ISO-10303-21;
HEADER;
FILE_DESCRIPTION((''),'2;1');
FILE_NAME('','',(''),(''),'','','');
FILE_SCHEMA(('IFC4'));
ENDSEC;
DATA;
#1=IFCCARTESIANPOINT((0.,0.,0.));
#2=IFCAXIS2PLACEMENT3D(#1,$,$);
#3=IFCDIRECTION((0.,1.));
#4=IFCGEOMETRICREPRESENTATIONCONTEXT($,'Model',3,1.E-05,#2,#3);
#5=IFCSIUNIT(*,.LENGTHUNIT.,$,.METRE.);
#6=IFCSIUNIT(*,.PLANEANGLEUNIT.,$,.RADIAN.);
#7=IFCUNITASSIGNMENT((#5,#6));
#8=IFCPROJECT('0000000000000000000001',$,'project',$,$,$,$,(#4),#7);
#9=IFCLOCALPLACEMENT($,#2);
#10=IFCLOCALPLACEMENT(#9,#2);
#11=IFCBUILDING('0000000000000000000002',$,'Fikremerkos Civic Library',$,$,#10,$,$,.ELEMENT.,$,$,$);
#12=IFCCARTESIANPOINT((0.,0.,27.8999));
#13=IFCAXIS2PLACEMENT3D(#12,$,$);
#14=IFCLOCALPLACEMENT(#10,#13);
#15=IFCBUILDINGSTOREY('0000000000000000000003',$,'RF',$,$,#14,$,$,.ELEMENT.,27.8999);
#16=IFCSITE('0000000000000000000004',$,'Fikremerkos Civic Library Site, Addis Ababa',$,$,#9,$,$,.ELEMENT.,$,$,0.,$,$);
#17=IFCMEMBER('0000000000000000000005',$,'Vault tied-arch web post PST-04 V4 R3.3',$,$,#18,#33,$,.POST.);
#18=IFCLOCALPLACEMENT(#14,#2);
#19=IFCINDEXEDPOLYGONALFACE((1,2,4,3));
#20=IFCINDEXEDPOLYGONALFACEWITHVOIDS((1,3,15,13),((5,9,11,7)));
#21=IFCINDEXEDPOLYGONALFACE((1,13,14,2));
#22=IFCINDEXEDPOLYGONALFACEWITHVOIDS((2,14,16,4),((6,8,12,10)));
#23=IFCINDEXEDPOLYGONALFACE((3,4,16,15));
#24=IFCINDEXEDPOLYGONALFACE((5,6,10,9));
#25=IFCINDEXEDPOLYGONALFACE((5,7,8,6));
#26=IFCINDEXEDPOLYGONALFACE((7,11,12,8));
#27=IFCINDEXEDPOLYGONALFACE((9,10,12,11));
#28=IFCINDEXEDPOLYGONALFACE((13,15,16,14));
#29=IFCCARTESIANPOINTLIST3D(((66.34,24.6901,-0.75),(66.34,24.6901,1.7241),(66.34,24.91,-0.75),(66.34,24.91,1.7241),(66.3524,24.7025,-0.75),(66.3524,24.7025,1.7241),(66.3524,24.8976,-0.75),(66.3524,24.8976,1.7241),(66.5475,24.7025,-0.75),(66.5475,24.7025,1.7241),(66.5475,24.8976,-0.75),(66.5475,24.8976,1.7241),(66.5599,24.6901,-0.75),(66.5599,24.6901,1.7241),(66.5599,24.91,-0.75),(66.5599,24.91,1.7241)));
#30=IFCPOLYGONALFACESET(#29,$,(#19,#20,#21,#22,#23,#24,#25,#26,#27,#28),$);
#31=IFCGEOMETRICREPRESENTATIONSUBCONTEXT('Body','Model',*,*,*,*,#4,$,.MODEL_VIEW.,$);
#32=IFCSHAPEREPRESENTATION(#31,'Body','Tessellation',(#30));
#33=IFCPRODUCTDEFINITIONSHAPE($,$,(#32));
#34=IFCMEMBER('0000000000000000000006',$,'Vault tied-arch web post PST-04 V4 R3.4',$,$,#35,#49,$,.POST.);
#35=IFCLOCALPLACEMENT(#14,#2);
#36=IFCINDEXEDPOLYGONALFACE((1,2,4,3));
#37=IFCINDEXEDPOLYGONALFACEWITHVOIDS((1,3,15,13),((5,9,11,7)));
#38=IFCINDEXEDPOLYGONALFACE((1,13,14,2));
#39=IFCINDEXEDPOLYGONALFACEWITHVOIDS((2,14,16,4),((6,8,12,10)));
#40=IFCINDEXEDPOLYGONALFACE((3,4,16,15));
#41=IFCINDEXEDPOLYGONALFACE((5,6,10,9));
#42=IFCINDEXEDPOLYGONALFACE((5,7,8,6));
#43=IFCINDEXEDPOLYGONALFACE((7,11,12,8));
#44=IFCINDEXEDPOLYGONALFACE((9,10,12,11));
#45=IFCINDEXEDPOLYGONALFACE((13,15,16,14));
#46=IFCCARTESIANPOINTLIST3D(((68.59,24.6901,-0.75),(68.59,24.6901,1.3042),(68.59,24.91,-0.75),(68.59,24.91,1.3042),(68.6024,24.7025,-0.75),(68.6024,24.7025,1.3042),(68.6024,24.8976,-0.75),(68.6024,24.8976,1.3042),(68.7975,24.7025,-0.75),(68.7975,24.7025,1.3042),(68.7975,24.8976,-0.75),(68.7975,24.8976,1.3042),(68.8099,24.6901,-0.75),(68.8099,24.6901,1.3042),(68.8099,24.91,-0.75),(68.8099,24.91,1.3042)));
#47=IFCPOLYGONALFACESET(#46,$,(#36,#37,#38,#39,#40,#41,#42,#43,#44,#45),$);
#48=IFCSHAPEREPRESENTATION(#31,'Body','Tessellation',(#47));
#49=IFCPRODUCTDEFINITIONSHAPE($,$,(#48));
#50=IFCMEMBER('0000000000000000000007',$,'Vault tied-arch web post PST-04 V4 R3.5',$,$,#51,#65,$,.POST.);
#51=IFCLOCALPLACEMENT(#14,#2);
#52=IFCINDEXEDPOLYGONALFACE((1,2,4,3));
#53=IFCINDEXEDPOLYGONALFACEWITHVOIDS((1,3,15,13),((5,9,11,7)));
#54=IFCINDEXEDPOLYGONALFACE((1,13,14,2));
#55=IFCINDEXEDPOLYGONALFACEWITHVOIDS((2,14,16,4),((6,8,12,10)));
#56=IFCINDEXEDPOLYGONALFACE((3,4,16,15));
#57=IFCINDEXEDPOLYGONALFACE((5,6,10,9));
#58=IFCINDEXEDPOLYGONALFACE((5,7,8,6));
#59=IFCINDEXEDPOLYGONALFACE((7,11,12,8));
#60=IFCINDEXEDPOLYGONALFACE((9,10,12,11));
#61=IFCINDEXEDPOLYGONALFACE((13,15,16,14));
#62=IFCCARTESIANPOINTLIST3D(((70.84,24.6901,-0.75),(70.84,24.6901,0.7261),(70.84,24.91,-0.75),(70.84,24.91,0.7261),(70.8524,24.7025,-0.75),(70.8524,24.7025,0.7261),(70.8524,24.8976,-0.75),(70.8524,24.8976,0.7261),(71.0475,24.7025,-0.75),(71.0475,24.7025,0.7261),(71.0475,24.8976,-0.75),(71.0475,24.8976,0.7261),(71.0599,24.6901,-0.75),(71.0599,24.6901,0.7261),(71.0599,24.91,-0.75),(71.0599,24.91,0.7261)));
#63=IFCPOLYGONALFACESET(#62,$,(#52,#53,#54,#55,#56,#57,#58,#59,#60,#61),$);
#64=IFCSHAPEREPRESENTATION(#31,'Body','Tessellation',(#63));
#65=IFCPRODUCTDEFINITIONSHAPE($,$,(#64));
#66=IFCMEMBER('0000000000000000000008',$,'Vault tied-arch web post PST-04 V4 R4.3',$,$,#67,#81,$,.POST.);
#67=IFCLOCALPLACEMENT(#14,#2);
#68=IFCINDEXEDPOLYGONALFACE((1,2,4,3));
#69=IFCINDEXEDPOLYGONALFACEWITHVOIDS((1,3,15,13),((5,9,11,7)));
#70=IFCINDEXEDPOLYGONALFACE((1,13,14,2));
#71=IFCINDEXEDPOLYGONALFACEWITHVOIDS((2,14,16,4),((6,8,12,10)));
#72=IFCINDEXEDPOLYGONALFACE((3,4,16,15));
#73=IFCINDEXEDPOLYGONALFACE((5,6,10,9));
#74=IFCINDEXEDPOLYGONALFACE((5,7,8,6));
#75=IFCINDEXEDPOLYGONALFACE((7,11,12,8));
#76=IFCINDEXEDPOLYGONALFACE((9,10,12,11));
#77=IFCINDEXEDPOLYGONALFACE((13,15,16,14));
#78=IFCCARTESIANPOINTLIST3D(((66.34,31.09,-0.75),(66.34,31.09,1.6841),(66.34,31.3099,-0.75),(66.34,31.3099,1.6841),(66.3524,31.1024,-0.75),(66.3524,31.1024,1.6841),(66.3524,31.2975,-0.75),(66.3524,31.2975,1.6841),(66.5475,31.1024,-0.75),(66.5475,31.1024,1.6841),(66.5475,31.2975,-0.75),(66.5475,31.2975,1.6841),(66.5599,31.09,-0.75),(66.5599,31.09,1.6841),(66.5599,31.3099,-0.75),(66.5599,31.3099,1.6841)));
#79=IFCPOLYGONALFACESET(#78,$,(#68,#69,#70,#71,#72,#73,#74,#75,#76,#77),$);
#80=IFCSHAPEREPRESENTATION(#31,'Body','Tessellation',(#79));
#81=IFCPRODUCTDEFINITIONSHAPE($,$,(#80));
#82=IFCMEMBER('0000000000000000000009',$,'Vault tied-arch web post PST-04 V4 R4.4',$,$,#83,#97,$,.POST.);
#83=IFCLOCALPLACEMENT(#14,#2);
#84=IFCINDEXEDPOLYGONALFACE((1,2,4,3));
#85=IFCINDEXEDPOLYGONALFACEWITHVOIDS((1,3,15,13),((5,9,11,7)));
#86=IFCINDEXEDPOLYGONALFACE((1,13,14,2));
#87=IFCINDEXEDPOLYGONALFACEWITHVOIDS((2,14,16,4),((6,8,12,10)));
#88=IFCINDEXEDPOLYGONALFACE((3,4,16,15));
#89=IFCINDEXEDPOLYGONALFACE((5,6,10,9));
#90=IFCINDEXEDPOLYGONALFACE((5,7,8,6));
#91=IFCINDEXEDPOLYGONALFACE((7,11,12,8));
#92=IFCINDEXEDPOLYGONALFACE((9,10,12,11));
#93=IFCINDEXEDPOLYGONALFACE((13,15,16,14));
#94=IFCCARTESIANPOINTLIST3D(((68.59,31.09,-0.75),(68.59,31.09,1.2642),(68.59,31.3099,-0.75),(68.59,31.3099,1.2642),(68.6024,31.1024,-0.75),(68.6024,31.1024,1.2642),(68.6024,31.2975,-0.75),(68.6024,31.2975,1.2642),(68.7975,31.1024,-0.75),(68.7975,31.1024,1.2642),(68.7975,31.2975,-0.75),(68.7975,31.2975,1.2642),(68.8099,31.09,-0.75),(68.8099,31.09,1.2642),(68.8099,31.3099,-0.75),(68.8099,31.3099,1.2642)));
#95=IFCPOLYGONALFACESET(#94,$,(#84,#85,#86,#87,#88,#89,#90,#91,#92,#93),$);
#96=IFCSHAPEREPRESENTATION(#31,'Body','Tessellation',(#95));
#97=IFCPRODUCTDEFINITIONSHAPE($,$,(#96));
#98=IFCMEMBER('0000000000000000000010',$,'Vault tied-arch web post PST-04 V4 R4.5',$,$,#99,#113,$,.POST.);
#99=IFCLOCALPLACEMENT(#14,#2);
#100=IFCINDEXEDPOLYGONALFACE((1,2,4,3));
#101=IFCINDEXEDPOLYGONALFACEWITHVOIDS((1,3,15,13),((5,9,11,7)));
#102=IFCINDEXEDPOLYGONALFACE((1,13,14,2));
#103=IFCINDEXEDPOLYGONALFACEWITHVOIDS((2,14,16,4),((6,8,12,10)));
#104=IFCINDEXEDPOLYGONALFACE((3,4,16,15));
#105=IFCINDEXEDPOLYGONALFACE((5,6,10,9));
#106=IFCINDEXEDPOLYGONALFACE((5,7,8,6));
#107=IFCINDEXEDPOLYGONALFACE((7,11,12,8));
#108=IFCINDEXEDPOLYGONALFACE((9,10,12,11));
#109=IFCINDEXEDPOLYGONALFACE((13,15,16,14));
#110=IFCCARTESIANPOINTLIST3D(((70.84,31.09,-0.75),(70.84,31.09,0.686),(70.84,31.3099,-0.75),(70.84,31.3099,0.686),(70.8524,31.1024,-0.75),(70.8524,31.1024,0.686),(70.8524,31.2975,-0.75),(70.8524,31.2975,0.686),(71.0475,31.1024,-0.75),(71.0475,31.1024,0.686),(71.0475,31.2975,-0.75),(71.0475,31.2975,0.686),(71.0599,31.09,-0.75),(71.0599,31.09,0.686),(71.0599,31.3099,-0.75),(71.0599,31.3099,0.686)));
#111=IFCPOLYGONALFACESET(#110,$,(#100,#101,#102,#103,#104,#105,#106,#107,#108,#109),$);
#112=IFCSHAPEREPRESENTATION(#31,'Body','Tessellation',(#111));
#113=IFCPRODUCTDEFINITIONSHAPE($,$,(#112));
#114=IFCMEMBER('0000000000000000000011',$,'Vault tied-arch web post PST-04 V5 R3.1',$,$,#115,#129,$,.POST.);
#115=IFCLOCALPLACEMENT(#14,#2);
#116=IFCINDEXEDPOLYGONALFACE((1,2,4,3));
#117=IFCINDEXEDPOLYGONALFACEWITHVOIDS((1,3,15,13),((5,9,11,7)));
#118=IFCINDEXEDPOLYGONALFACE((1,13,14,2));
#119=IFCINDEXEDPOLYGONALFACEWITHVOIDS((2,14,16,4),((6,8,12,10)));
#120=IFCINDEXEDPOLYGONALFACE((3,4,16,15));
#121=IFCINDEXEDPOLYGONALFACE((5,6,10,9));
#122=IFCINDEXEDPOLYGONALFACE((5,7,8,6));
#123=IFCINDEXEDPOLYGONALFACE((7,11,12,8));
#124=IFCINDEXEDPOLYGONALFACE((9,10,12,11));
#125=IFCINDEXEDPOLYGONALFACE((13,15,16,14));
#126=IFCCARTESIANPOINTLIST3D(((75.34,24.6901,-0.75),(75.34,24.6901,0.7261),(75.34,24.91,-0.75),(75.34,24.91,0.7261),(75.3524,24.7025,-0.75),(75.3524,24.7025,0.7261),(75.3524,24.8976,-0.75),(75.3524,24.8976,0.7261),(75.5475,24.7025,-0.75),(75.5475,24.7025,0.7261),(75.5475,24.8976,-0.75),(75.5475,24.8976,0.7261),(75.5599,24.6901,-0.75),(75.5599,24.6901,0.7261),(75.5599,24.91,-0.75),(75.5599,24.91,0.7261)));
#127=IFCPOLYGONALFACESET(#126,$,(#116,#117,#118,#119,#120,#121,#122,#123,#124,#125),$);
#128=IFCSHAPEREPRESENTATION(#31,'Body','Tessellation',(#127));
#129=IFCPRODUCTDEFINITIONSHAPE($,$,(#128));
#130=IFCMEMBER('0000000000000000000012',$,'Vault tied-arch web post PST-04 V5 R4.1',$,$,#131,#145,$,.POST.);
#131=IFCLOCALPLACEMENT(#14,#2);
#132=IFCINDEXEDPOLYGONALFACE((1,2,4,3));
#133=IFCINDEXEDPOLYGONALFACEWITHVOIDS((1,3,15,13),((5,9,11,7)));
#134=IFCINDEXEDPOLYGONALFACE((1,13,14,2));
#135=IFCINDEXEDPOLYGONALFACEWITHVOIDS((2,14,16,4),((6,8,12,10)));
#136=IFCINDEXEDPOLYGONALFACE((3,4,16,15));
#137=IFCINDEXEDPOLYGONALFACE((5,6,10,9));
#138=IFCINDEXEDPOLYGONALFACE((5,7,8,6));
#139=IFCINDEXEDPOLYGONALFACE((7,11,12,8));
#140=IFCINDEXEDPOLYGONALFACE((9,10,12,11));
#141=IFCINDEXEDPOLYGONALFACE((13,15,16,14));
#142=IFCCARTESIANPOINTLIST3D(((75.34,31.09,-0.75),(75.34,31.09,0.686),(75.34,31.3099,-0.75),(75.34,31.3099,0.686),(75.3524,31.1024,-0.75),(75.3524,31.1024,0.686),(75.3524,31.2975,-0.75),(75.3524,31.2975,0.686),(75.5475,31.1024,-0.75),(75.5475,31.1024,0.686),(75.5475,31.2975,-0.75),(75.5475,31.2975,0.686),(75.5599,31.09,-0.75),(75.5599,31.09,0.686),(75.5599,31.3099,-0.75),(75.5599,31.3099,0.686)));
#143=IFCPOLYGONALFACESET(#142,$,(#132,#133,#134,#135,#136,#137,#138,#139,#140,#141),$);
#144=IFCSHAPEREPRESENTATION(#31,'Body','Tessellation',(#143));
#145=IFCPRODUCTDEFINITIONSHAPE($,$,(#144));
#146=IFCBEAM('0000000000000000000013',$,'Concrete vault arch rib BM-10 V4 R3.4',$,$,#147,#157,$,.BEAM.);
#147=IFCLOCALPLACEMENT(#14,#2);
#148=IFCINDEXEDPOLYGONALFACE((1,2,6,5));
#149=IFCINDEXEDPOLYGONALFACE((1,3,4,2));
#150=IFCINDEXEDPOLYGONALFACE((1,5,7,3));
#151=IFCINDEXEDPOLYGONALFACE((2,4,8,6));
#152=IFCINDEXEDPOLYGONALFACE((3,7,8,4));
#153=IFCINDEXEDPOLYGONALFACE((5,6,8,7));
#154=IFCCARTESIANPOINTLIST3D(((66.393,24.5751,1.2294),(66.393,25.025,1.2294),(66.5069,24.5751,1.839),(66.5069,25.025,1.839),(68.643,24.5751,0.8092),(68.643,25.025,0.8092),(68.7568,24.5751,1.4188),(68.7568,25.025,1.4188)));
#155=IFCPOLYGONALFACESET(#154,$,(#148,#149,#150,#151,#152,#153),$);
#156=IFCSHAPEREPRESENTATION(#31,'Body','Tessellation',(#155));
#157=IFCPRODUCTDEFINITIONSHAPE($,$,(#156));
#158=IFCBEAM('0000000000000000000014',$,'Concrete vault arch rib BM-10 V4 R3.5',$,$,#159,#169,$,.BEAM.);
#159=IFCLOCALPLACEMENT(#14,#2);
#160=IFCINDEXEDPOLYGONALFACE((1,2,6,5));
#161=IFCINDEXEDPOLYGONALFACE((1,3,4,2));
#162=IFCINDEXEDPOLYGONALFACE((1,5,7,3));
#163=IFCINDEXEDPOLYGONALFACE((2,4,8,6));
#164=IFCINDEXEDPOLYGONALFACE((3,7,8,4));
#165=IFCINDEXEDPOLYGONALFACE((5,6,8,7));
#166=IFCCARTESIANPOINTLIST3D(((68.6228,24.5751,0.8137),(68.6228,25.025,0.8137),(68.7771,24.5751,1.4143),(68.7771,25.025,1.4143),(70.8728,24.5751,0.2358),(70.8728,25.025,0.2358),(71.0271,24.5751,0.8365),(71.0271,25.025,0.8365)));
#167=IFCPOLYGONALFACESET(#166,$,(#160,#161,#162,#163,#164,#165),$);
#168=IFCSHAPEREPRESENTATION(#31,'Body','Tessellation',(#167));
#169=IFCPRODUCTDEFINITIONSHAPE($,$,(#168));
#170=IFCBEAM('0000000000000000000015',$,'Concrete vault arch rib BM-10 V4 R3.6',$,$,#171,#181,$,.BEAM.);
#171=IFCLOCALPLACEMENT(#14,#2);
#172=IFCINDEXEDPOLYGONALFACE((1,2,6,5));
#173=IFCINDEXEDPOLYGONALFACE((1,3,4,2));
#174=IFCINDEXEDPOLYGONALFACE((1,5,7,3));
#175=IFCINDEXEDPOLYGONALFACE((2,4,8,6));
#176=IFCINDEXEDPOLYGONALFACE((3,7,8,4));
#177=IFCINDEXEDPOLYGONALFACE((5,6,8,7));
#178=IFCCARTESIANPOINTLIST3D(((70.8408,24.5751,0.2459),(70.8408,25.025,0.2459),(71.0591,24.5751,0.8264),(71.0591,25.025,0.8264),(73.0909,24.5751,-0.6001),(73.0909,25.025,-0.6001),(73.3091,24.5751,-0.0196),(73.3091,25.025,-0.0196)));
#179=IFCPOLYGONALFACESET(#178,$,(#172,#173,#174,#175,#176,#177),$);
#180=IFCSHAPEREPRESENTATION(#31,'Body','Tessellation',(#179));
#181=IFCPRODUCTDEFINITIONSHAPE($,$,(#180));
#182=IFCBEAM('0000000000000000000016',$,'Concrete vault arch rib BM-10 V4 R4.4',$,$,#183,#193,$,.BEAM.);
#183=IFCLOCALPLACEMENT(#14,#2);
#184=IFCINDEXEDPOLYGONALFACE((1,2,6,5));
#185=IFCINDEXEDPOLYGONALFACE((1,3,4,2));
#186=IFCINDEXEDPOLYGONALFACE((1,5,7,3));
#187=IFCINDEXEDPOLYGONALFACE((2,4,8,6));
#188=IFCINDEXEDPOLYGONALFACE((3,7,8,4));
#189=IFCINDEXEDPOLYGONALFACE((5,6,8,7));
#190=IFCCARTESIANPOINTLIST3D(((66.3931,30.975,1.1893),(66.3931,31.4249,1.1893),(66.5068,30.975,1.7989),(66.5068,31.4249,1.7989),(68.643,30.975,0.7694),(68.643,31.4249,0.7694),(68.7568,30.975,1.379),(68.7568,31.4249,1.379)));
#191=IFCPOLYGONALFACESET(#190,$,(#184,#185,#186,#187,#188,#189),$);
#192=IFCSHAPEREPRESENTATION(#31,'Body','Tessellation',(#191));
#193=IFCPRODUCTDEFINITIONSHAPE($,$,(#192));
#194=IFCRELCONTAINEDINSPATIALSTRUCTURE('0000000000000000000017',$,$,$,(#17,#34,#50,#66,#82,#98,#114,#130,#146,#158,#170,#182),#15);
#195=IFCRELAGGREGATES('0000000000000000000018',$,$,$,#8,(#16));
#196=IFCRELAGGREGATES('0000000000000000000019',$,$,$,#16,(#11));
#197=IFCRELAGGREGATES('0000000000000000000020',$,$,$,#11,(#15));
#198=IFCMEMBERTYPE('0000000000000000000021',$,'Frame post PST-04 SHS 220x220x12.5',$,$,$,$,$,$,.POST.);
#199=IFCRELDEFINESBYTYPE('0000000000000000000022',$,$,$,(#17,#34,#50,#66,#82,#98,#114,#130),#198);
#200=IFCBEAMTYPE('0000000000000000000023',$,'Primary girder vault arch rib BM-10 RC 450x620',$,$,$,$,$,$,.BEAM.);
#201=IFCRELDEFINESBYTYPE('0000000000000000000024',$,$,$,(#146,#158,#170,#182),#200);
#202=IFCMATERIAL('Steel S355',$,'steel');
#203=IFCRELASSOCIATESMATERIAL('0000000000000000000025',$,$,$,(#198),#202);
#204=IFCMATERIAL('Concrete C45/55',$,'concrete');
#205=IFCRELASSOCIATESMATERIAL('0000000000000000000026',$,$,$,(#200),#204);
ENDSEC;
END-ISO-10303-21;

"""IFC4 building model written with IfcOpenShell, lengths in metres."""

from ifc_helpers import new_model, si_unit, direction, frame, origin, origin_2d, place, context, subcontext, project, spatial, rectangle, hollow_rectangle, extrude, material, material_profile, profile_set, type_object, element, save


model = new_model("IFC4")

# Units and contexts
model_context = context("Model", 3, precision=1e-05, world=origin(), true_north=direction((0.0, 1.0)))
body_context = subcontext(model_context, "Body", "Model", "MODEL_VIEW")
ifc_project = project(units=[si_unit("LENGTHUNIT", "METRE"), si_unit("PLANEANGLEUNIT", "RADIAN")], contexts=[model_context])

# Site, building, storey
site_placement = place(None, origin())
site = spatial("IfcSite", under=ifc_project, at=site_placement, Name="Fikremerkos Civic Library Site, Addis Ababa", CompositionType="ELEMENT", RefElevation=0.0)
building_placement = place(site_placement, origin())
building = spatial("IfcBuilding", under=site, at=building_placement, Name="Fikremerkos Civic Library", CompositionType="ELEMENT")
storey_placement = place(building_placement, frame((0.0, 0.0, 27.8999)))
storey = spatial("IfcBuildingStorey", under=building, at=storey_placement, Name="RF", CompositionType="ELEMENT", Elevation=27.8999)

# Members
ifc_material_1 = material(Name="Steel S355", Category="steel")
ifc_material_profile_1 = material_profile(ifc_material_1, hollow_rectangle(XDim=0.22, YDim=0.22, WallThickness=0.0125, at=origin_2d()), Name="SHS 220x220x12.5")
ifc_profile_set_1 = profile_set([ifc_material_profile_1], Name="Steel S355")
member_type = type_object("IfcMemberType", Name="Frame post PST-04 SHS 220x220x12.5", PredefinedType="POST", material=ifc_profile_set_1)
member_1_placement = place(storey_placement, frame((66.45, 24.8, -0.75), z_axis=(0.0, 0.0, 1.0), x_axis=(1.0, 0.0, 0.0)))
element("IfcMember", 1, at=member_1_placement, inside=storey, type_object=member_type, Name="Vault tied-arch web post PST-04 V4 R3.3", PredefinedType="POST", context=body_context, shape_type="SweptSolid", body=[
    extrude(hollow_rectangle(XDim=0.22, YDim=0.22, WallThickness=0.0125, at=origin_2d()), origin(), (0.0, 0.0, 1.0), 2.4741),
])
member_2_placement = place(storey_placement, frame((68.7, 24.8, -0.75), z_axis=(0.0, 0.0, 1.0), x_axis=(1.0, 0.0, 0.0)))
element("IfcMember", 2, at=member_2_placement, inside=storey, type_object=member_type, Name="Vault tied-arch web post PST-04 V4 R3.4", PredefinedType="POST", context=body_context, shape_type="SweptSolid", body=[
    extrude(hollow_rectangle(XDim=0.22, YDim=0.22, WallThickness=0.0125, at=origin_2d()), origin(), (0.0, 0.0, 1.0), 2.0542),
])
member_3_placement = place(storey_placement, frame((70.95, 24.8, -0.75), z_axis=(0.0, 0.0, 1.0), x_axis=(1.0, 0.0, 0.0)))
element("IfcMember", 3, at=member_3_placement, inside=storey, type_object=member_type, Name="Vault tied-arch web post PST-04 V4 R3.5", PredefinedType="POST", context=body_context, shape_type="SweptSolid", body=[
    extrude(hollow_rectangle(XDim=0.22, YDim=0.22, WallThickness=0.0125, at=origin_2d()), origin(), (0.0, 0.0, 1.0), 1.4761),
])
member_4_placement = place(storey_placement, frame((66.45, 31.2, -0.75), z_axis=(0.0, 0.0, 1.0), x_axis=(1.0, 0.0, 0.0)))
element("IfcMember", 4, at=member_4_placement, inside=storey, type_object=member_type, Name="Vault tied-arch web post PST-04 V4 R4.3", PredefinedType="POST", context=body_context, shape_type="SweptSolid", body=[
    extrude(hollow_rectangle(XDim=0.22, YDim=0.22, WallThickness=0.0125, at=origin_2d()), origin(), (0.0, 0.0, 1.0), 2.4341),
])
member_5_placement = place(storey_placement, frame((68.7, 31.2, -0.75), z_axis=(0.0, 0.0, 1.0), x_axis=(1.0, 0.0, 0.0)))
element("IfcMember", 5, at=member_5_placement, inside=storey, type_object=member_type, Name="Vault tied-arch web post PST-04 V4 R4.4", PredefinedType="POST", context=body_context, shape_type="SweptSolid", body=[
    extrude(hollow_rectangle(XDim=0.22, YDim=0.22, WallThickness=0.0125, at=origin_2d()), origin(), (0.0, 0.0, 1.0), 2.0142),
])
member_6_placement = place(storey_placement, frame((70.95, 31.2, -0.75), z_axis=(0.0, 0.0, 1.0), x_axis=(1.0, 0.0, 0.0)))
element("IfcMember", 6, at=member_6_placement, inside=storey, type_object=member_type, Name="Vault tied-arch web post PST-04 V4 R4.5", PredefinedType="POST", context=body_context, shape_type="SweptSolid", body=[
    extrude(hollow_rectangle(XDim=0.22, YDim=0.22, WallThickness=0.0125, at=origin_2d()), origin(), (0.0, 0.0, 1.0), 1.436),
])
member_7_placement = place(storey_placement, frame((75.45, 24.8, -0.75), z_axis=(0.0, 0.0, 1.0), x_axis=(1.0, 0.0, 0.0)))
element("IfcMember", 7, at=member_7_placement, inside=storey, type_object=member_type, Name="Vault tied-arch web post PST-04 V5 R3.1", PredefinedType="POST", context=body_context, shape_type="SweptSolid", body=[
    extrude(hollow_rectangle(XDim=0.22, YDim=0.22, WallThickness=0.0125, at=origin_2d()), origin(), (0.0, 0.0, 1.0), 1.4761),
])
member_8_placement = place(storey_placement, frame((75.45, 31.2, -0.75), z_axis=(0.0, 0.0, 1.0), x_axis=(1.0, 0.0, 0.0)))
element("IfcMember", 8, at=member_8_placement, inside=storey, type_object=member_type, Name="Vault tied-arch web post PST-04 V5 R4.1", PredefinedType="POST", context=body_context, shape_type="SweptSolid", body=[
    extrude(hollow_rectangle(XDim=0.22, YDim=0.22, WallThickness=0.0125, at=origin_2d()), origin(), (0.0, 0.0, 1.0), 1.436),
])

# Beams
ifc_material_2 = material(Name="Concrete C45/55", Category="concrete")
ifc_material_profile_2 = material_profile(ifc_material_2, rectangle(XDim=0.45, YDim=0.6201, at=origin_2d()), Name="RC 450x620")
ifc_profile_set_2 = profile_set([ifc_material_profile_2], Name="Concrete C45/55")
beam_type_1 = type_object("IfcBeamType", Name="Primary girder vault arch rib BM-10 RC 450x620", PredefinedType="BEAM", material=ifc_profile_set_2)
beam_1_placement = place(storey_placement, frame((66.45, 24.8, 1.5342), z_axis=(0.983007, 0.0, -0.183567), x_axis=(0.0, 1.0, 0.0)))
element("IfcBeam", 9, at=beam_1_placement, inside=storey, type_object=beam_type_1, Name="Concrete vault arch rib BM-10 V4 R3.4", PredefinedType="BEAM", context=body_context, shape_type="SweptSolid", body=[
    extrude(rectangle(XDim=0.45, YDim=0.6201, at=origin_2d()), origin(), (0.0, 0.0, 1.0), 2.2888),
])
beam_2_placement = place(storey_placement, frame((68.7, 24.8, 1.114), z_axis=(0.968565, 0.0, -0.248762), x_axis=(0.0, 1.0, 0.0)))
element("IfcBeam", 10, at=beam_2_placement, inside=storey, type_object=beam_type_1, Name="Concrete vault arch rib BM-10 V4 R3.5", PredefinedType="BEAM", context=body_context, shape_type="SweptSolid", body=[
    extrude(rectangle(XDim=0.45, YDim=0.6201, at=origin_2d()), origin(), (0.0, 0.0, 1.0), 2.323),
])
beam_3_placement = place(storey_placement, frame((70.95, 24.8, 0.5361), z_axis=(0.936028, 0.0, -0.351925), x_axis=(0.0, 1.0, 0.0)))
element("IfcBeam", 11, at=beam_3_placement, inside=storey, type_object=beam_type_1, Name="Concrete vault arch rib BM-10 V4 R3.6", PredefinedType="BEAM", context=body_context, shape_type="SweptSolid", body=[
    extrude(rectangle(XDim=0.45, YDim=0.6201, at=origin_2d()), origin(), (0.0, 0.0, 1.0), 2.4038),
])
beam_4_placement = place(storey_placement, frame((66.45, 31.2, 1.4941), z_axis=(0.983026, 0.0, -0.183464), x_axis=(0.0, 1.0, 0.0)))
element("IfcBeam", 12, at=beam_4_placement, inside=storey, type_object=beam_type_1, Name="Concrete vault arch rib BM-10 V4 R4.4", PredefinedType="BEAM", context=body_context, shape_type="SweptSolid", body=[
    extrude(rectangle(XDim=0.45, YDim=0.6201, at=origin_2d()), origin(), (0.0, 0.0, 1.0), 2.2888),
])

save(model, "model.ifc")
